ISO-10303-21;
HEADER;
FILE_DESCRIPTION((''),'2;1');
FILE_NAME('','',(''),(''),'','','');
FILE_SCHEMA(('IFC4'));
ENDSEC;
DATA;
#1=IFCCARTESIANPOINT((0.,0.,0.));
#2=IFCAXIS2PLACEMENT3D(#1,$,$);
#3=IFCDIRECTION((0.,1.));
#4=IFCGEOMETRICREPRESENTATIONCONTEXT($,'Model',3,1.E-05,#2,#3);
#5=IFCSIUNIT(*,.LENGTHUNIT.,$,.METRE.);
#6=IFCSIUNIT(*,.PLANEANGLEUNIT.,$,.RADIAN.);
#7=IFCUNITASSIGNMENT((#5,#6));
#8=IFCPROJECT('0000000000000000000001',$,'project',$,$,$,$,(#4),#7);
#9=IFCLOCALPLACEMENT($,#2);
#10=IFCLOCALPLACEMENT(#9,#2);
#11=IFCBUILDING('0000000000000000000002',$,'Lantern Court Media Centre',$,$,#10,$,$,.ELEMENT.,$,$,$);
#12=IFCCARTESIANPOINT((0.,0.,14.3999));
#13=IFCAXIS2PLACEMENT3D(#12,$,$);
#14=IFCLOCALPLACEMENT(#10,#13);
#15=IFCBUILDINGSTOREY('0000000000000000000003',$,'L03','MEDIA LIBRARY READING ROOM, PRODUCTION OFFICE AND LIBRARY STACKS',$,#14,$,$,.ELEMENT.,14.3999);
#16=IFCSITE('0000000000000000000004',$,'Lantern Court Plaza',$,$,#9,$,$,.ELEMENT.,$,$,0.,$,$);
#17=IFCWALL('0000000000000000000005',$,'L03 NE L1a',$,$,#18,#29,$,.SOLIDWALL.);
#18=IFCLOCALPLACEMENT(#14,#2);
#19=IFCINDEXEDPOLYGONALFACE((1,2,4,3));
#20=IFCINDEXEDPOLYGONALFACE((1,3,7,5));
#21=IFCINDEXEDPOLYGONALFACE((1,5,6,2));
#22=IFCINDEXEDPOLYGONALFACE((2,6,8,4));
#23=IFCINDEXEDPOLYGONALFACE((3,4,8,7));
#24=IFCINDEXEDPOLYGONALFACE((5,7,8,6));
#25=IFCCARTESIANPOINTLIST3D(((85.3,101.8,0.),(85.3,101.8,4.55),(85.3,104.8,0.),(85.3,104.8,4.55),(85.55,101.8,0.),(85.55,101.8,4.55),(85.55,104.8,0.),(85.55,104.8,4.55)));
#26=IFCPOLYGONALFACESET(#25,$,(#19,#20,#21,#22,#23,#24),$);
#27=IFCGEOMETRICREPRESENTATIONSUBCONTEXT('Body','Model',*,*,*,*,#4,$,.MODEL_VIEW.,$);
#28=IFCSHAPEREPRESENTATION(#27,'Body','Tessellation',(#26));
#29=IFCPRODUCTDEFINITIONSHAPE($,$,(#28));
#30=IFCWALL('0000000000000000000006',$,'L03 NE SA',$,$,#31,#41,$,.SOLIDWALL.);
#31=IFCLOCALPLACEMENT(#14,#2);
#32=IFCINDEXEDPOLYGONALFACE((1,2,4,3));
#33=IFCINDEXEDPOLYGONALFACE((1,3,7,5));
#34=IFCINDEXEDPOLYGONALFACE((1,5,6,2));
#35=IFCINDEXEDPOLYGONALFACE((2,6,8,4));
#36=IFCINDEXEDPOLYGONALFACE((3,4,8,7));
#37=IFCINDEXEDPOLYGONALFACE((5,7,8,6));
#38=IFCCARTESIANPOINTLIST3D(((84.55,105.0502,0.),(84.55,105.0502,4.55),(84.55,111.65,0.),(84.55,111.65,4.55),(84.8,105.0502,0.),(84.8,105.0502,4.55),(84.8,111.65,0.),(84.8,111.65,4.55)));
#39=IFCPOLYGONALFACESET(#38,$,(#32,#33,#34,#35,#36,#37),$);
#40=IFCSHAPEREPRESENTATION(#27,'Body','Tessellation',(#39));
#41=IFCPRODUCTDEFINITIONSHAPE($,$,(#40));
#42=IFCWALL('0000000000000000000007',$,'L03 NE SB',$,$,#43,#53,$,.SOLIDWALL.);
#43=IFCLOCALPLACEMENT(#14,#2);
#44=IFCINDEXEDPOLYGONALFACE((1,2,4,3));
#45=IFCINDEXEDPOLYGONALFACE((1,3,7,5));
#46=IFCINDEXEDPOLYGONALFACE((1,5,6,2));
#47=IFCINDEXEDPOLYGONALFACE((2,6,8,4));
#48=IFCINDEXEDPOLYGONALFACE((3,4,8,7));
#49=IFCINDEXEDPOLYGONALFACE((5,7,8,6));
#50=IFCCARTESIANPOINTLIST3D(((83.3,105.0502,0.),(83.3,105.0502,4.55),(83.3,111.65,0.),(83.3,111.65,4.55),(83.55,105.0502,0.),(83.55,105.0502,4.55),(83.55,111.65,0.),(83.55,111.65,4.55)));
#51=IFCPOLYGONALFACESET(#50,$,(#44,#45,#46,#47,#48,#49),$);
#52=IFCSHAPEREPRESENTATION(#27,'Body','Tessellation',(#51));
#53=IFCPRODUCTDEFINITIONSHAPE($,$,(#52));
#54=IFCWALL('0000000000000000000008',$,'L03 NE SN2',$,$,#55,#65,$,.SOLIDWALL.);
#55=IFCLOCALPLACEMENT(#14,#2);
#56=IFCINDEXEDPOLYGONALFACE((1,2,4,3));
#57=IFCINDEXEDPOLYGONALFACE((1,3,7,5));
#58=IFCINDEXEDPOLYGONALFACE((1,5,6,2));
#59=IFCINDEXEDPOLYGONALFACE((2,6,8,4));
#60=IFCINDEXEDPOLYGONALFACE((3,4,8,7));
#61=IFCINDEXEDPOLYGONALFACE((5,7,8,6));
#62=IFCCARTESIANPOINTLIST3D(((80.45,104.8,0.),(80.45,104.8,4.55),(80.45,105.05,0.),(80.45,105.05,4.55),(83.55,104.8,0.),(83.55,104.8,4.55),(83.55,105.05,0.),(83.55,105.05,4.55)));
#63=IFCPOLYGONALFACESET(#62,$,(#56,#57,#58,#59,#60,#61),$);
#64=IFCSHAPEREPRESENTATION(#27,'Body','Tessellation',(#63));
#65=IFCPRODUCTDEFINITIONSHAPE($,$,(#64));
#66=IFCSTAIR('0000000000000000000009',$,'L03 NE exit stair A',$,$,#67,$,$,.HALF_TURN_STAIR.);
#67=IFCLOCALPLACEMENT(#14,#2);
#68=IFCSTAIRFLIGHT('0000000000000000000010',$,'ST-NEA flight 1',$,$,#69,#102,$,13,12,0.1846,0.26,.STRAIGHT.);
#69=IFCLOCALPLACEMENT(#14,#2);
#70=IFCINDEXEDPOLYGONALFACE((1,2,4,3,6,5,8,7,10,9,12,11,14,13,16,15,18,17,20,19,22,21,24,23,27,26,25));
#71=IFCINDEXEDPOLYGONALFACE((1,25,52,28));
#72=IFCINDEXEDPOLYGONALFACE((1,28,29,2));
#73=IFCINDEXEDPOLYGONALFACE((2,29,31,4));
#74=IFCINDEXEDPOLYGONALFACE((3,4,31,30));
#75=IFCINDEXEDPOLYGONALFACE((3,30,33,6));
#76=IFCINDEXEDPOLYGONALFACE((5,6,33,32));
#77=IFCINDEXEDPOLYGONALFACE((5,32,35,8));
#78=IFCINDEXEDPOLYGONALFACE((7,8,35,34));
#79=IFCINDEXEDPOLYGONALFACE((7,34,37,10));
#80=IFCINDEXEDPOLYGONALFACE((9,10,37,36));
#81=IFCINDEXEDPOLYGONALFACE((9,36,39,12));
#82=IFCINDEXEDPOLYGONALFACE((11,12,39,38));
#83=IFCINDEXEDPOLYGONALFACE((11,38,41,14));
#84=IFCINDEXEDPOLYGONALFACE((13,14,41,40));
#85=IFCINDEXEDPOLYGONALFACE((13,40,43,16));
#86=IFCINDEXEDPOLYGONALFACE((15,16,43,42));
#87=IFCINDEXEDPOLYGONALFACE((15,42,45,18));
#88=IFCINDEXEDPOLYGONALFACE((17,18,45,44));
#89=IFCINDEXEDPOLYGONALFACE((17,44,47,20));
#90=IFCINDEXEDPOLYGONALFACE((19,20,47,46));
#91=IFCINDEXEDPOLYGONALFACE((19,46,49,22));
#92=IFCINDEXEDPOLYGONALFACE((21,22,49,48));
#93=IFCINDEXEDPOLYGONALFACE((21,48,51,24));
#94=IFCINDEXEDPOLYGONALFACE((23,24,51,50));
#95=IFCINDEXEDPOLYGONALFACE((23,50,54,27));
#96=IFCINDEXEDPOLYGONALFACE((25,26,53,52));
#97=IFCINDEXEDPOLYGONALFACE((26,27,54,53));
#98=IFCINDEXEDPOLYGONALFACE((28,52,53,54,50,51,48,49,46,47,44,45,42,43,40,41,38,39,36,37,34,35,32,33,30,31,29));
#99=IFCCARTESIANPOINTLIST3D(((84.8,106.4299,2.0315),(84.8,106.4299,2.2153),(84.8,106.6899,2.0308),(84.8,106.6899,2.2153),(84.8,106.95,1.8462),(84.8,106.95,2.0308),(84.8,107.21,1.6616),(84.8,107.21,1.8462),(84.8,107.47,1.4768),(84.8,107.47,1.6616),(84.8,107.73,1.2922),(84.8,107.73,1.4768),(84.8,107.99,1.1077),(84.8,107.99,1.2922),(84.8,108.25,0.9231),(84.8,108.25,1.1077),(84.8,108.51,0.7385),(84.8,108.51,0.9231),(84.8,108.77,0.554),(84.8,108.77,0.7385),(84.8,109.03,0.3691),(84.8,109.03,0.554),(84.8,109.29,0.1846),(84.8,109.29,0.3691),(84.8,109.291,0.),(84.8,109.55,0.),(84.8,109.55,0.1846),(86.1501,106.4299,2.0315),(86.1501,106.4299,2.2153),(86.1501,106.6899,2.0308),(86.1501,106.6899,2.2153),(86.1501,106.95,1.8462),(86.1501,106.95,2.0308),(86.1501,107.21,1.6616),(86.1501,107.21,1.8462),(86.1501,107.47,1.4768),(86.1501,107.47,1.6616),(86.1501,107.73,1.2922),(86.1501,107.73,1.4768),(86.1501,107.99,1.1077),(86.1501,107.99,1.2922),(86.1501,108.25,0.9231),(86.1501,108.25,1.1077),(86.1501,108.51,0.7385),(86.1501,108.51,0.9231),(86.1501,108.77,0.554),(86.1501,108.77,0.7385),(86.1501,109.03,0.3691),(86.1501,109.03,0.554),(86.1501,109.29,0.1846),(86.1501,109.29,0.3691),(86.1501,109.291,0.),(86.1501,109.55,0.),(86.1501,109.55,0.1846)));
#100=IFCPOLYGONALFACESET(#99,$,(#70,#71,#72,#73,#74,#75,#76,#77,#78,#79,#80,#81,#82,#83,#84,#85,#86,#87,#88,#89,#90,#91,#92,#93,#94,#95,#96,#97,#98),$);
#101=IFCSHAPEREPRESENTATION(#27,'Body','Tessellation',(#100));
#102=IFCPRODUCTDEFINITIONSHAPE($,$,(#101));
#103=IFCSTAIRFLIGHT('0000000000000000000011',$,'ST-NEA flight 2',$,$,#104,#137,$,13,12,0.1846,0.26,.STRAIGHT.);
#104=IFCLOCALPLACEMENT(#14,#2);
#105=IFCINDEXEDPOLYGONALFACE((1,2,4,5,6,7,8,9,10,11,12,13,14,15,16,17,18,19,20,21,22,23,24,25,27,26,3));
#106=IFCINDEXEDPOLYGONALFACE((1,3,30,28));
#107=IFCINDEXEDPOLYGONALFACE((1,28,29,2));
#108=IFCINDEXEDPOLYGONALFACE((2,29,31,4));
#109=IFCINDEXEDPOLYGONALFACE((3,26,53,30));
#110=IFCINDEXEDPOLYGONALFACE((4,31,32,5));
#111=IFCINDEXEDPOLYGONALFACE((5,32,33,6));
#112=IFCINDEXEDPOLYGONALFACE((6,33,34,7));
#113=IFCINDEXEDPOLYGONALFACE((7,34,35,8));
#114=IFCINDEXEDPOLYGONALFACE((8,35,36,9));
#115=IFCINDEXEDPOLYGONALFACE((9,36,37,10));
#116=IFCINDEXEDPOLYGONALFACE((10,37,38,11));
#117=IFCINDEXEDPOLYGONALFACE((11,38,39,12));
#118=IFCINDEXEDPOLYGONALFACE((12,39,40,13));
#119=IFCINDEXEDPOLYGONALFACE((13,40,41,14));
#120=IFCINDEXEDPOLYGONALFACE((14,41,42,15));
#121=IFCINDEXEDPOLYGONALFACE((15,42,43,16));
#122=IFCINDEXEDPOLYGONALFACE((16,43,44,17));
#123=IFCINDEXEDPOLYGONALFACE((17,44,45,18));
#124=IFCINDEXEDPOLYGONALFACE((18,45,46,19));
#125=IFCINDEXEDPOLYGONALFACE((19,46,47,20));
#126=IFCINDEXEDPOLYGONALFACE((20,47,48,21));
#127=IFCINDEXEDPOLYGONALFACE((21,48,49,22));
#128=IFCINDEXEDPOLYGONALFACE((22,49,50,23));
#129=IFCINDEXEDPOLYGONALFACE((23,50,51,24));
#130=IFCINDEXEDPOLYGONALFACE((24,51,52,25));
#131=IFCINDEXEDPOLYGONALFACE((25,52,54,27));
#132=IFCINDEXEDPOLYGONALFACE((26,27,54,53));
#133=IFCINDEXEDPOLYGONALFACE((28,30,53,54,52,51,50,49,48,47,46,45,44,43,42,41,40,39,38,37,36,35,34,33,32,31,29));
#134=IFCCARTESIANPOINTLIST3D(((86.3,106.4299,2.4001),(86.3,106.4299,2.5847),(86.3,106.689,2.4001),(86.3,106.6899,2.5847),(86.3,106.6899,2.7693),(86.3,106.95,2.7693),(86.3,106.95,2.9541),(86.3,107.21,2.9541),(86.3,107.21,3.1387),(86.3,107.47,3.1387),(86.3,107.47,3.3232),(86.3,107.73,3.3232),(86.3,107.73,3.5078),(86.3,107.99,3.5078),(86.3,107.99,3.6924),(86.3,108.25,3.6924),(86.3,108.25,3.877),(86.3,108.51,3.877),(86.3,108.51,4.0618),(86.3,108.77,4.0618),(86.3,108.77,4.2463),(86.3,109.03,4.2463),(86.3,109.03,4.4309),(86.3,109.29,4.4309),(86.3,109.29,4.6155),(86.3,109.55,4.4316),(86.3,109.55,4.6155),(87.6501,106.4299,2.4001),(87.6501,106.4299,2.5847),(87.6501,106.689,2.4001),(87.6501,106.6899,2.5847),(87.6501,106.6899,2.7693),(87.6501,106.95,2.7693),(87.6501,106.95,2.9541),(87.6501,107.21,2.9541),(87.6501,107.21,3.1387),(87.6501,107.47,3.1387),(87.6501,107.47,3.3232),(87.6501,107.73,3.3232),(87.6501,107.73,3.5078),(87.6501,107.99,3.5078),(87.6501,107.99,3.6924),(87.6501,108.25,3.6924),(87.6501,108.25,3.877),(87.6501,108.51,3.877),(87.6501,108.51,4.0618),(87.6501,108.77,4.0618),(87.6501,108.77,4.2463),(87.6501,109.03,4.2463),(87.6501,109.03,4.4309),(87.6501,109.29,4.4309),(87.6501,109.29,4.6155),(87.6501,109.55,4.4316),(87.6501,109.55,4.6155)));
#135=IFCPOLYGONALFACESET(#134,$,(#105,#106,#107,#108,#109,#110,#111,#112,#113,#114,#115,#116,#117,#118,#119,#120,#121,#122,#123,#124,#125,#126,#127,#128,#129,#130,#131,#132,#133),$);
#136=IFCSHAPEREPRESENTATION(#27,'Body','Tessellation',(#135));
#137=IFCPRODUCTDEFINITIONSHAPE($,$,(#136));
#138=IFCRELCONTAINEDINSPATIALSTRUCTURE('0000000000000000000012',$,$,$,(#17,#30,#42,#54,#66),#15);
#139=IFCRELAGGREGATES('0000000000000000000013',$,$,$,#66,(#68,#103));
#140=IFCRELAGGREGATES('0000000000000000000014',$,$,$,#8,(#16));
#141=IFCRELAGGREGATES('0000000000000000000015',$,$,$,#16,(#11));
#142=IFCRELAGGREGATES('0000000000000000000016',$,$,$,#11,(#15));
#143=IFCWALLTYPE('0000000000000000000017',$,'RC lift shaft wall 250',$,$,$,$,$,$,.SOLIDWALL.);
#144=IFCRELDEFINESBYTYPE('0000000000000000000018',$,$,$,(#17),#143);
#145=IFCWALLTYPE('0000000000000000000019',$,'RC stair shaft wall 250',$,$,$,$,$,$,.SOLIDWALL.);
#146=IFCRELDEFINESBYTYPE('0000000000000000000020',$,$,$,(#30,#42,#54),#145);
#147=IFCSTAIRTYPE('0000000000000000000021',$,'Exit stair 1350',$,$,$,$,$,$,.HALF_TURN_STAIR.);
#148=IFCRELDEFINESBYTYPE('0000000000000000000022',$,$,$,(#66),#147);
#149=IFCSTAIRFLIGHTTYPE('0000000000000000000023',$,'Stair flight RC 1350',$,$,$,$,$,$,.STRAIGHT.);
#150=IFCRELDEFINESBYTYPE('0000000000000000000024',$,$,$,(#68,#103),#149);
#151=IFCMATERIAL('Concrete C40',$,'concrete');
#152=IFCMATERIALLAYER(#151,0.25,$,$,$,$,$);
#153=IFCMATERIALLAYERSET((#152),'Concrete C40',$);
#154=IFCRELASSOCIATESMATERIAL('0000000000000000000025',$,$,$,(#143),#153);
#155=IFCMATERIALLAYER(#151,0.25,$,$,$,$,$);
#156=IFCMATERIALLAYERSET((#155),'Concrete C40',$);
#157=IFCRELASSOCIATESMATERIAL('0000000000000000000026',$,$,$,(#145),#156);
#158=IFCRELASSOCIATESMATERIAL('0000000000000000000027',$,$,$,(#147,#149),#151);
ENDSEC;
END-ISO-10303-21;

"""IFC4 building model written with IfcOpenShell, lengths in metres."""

from ifc_helpers import new_model, si_unit, direction, frame, frame_2d, origin, place, context, subcontext, project, spatial, polyline, rectangle, outline, extrude, material, layer, layer_set, type_object, element, aggregate, save


model = new_model("IFC4")

# Units and contexts
model_context = context("Model", 3, precision=1e-05, world=origin(), true_north=direction((0.0, 1.0)))
body_context = subcontext(model_context, "Body", "Model", "MODEL_VIEW")
ifc_project = project(units=[si_unit("LENGTHUNIT", "METRE"), si_unit("PLANEANGLEUNIT", "RADIAN")], contexts=[model_context])

# Site, building, storey
site_placement = place(None, origin())
site = spatial("IfcSite", under=ifc_project, at=site_placement, Name="Lantern Court Plaza", CompositionType="ELEMENT", RefElevation=0.0)
building_placement = place(site_placement, origin())
building = spatial("IfcBuilding", under=site, at=building_placement, Name="Lantern Court Media Centre", CompositionType="ELEMENT")
storey_placement = place(building_placement, frame((0.0, 0.0, 14.3999)))
storey = spatial("IfcBuildingStorey", under=building, at=storey_placement, Name="L03", Description="MEDIA LIBRARY READING ROOM, PRODUCTION OFFICE AND LIBRARY STACKS", CompositionType="ELEMENT", Elevation=14.3999)

# Walls
ifc_material_1 = material(Name="Concrete C40", Category="concrete")
ifc_layer_1 = layer(ifc_material_1, 0.25)
ifc_layer_set_1 = layer_set([ifc_layer_1], Name="Concrete C40")
wall_type_1 = type_object("IfcWallType", Name="RC lift shaft wall 250", PredefinedType="SOLIDWALL", material=ifc_layer_set_1)
wall_1_placement = place(storey_placement, frame((85.425, 104.8, 0.0), z_axis=(0.0, 0.0, 1.0), x_axis=(0.0, -1.0, 0.0)))
element("IfcWall", 1, at=wall_1_placement, inside=storey, type_object=wall_type_1, Name="L03 NE L1a", PredefinedType="SOLIDWALL", context=body_context, shape_type="SweptSolid", body=[
    extrude(rectangle(XDim=3.0, YDim=0.25, at=frame_2d((1.5, 0.0))), origin(), (0.0, 0.0, 1.0), 4.55),
])
ifc_layer_2 = layer(ifc_material_1, 0.25)
ifc_layer_set_2 = layer_set([ifc_layer_2], Name="Concrete C40")
wall_type_2 = type_object("IfcWallType", Name="RC stair shaft wall 250", PredefinedType="SOLIDWALL", material=ifc_layer_set_2)
for number, where, z_axis, x_axis, name in (
    (2, (84.675, 111.6499, 0.0), (0.0, 0.0, 1.0), (0.0, -1.0, 0.0), "L03 NE SA"),
    (3, (83.425, 111.6499, 0.0), (0.0, 0.0, 1.0), (0.0, -1.0, 0.0), "L03 NE SB"),
):
    element("IfcWall", number, at=place(storey_placement, frame(where, z_axis=z_axis, x_axis=x_axis)), inside=storey, type_object=wall_type_2, Name=name, PredefinedType="SOLIDWALL", context=body_context, shape_type="SweptSolid", body=[
        extrude(rectangle(XDim=6.5999, YDim=0.25, at=frame_2d((3.2998, 0.0))), origin(), (0.0, 0.0, 1.0), 4.55),
    ])
wall_2_placement = place(storey_placement, frame((83.55, 104.925, 0.0), z_axis=(0.0, 0.0, 1.0), x_axis=(-1.0, 0.0, 0.0)))
element("IfcWall", 4, at=wall_2_placement, inside=storey, type_object=wall_type_2, Name="L03 NE SN2", PredefinedType="SOLIDWALL", context=body_context, shape_type="SweptSolid", body=[
    extrude(rectangle(XDim=3.1001, YDim=0.25, at=frame_2d((1.55, 0.0))), origin(), (0.0, 0.0, 1.0), 4.55),
])

# Stair, stair flights
stair_type = type_object("IfcStairType", Name="Exit stair 1350", PredefinedType="HALF_TURN_STAIR", material=ifc_material_1)
stair_placement = place(storey_placement, origin())
stair = element("IfcStair", 5, at=stair_placement, inside=storey, type_object=stair_type, Name="L03 NE exit stair A", PredefinedType="HALF_TURN_STAIR")
stair_flight_type = type_object("IfcStairFlightType", Name="Stair flight RC 1350", PredefinedType="STRAIGHT", material=ifc_material_1)
stair_flight_1_placement = place(storey_placement, frame((85.4751, 109.55, 0.0), z_axis=(0.0, 0.0, 1.0), x_axis=(0.0, -1.0, 0.0)))
stair_flight_1 = element("IfcStairFlight", 6, at=stair_flight_1_placement, type_object=stair_flight_type, Name="ST-NEA flight 1", NumberOfRisers=13, NumberOfTreads=12, PredefinedType="STRAIGHT", RiserHeight=0.1846, TreadLength=0.26, context=body_context, shape_type="SweptSolid", body=[
    extrude(outline(polyline([(0.0, 0.0), (0.0, 0.1846), (0.26, 0.1846), (0.26, 0.3691), (0.52, 0.3691), (0.52, 0.554), (0.78, 0.554), (0.78, 0.7385), (1.04, 0.7385), (1.04, 0.9231), (1.3, 0.9231), (1.3, 1.1077), (1.5601, 1.1077), (1.5601, 1.2922), (1.8201, 1.2922), (1.8201, 1.4768), (2.0801, 1.4768), (2.0801, 1.6616), (2.3401, 1.6616), (2.3401, 1.8462), (2.6001, 1.8462), (2.6001, 2.0308), (2.8601, 2.0308), (2.8601, 2.2153), (3.1201, 2.2153), (3.1201, 2.3999), (3.1201, 2.0315), (0.259, 0.0), (0.0, 0.0)])), frame((0.0, 0.675, 0.0), z_axis=(0.0, -1.0, 0.0), x_axis=(1.0, 0.0, 0.0)), (0.0, 0.0, 1.0), 1.3501),
])
stair_flight_2_placement = place(storey_placement, frame((86.9751, 106.4299, 2.4001), z_axis=(0.0, 0.0, 1.0), x_axis=(0.0, 1.0, 0.0)))
stair_flight_2 = element("IfcStairFlight", 7, at=stair_flight_2_placement, type_object=stair_flight_type, Name="ST-NEA flight 2", NumberOfRisers=13, NumberOfTreads=12, PredefinedType="STRAIGHT", RiserHeight=0.1846, TreadLength=0.26, context=body_context, shape_type="SweptSolid", body=[
    extrude(outline(polyline([(0.0, 0.0), (0.0, 0.1846), (0.26, 0.1846), (0.26, 0.3691), (0.52, 0.3691), (0.52, 0.554), (0.78, 0.554), (0.78, 0.7385), (1.04, 0.7385), (1.04, 0.9231), (1.3, 0.9231), (1.3, 1.1077), (1.5601, 1.1077), (1.5601, 1.2922), (1.8201, 1.2922), (1.8201, 1.4768), (2.0801, 1.4768), (2.0801, 1.6616), (2.3401, 1.6616), (2.3401, 1.8462), (2.6001, 1.8462), (2.6001, 2.0308), (2.8601, 2.0308), (2.8601, 2.2153), (3.1201, 2.2153), (3.1201, 2.3999), (3.1201, 2.0315), (0.259, 0.0), (0.0, 0.0)])), frame((0.0, 0.675, 0.0), z_axis=(0.0, -1.0, 0.0), x_axis=(1.0, 0.0, 0.0)), (0.0, 0.0, 1.0), 1.3501),
])
aggregate(stair, [stair_flight_1, stair_flight_2])

save(model, "model.ifc")
